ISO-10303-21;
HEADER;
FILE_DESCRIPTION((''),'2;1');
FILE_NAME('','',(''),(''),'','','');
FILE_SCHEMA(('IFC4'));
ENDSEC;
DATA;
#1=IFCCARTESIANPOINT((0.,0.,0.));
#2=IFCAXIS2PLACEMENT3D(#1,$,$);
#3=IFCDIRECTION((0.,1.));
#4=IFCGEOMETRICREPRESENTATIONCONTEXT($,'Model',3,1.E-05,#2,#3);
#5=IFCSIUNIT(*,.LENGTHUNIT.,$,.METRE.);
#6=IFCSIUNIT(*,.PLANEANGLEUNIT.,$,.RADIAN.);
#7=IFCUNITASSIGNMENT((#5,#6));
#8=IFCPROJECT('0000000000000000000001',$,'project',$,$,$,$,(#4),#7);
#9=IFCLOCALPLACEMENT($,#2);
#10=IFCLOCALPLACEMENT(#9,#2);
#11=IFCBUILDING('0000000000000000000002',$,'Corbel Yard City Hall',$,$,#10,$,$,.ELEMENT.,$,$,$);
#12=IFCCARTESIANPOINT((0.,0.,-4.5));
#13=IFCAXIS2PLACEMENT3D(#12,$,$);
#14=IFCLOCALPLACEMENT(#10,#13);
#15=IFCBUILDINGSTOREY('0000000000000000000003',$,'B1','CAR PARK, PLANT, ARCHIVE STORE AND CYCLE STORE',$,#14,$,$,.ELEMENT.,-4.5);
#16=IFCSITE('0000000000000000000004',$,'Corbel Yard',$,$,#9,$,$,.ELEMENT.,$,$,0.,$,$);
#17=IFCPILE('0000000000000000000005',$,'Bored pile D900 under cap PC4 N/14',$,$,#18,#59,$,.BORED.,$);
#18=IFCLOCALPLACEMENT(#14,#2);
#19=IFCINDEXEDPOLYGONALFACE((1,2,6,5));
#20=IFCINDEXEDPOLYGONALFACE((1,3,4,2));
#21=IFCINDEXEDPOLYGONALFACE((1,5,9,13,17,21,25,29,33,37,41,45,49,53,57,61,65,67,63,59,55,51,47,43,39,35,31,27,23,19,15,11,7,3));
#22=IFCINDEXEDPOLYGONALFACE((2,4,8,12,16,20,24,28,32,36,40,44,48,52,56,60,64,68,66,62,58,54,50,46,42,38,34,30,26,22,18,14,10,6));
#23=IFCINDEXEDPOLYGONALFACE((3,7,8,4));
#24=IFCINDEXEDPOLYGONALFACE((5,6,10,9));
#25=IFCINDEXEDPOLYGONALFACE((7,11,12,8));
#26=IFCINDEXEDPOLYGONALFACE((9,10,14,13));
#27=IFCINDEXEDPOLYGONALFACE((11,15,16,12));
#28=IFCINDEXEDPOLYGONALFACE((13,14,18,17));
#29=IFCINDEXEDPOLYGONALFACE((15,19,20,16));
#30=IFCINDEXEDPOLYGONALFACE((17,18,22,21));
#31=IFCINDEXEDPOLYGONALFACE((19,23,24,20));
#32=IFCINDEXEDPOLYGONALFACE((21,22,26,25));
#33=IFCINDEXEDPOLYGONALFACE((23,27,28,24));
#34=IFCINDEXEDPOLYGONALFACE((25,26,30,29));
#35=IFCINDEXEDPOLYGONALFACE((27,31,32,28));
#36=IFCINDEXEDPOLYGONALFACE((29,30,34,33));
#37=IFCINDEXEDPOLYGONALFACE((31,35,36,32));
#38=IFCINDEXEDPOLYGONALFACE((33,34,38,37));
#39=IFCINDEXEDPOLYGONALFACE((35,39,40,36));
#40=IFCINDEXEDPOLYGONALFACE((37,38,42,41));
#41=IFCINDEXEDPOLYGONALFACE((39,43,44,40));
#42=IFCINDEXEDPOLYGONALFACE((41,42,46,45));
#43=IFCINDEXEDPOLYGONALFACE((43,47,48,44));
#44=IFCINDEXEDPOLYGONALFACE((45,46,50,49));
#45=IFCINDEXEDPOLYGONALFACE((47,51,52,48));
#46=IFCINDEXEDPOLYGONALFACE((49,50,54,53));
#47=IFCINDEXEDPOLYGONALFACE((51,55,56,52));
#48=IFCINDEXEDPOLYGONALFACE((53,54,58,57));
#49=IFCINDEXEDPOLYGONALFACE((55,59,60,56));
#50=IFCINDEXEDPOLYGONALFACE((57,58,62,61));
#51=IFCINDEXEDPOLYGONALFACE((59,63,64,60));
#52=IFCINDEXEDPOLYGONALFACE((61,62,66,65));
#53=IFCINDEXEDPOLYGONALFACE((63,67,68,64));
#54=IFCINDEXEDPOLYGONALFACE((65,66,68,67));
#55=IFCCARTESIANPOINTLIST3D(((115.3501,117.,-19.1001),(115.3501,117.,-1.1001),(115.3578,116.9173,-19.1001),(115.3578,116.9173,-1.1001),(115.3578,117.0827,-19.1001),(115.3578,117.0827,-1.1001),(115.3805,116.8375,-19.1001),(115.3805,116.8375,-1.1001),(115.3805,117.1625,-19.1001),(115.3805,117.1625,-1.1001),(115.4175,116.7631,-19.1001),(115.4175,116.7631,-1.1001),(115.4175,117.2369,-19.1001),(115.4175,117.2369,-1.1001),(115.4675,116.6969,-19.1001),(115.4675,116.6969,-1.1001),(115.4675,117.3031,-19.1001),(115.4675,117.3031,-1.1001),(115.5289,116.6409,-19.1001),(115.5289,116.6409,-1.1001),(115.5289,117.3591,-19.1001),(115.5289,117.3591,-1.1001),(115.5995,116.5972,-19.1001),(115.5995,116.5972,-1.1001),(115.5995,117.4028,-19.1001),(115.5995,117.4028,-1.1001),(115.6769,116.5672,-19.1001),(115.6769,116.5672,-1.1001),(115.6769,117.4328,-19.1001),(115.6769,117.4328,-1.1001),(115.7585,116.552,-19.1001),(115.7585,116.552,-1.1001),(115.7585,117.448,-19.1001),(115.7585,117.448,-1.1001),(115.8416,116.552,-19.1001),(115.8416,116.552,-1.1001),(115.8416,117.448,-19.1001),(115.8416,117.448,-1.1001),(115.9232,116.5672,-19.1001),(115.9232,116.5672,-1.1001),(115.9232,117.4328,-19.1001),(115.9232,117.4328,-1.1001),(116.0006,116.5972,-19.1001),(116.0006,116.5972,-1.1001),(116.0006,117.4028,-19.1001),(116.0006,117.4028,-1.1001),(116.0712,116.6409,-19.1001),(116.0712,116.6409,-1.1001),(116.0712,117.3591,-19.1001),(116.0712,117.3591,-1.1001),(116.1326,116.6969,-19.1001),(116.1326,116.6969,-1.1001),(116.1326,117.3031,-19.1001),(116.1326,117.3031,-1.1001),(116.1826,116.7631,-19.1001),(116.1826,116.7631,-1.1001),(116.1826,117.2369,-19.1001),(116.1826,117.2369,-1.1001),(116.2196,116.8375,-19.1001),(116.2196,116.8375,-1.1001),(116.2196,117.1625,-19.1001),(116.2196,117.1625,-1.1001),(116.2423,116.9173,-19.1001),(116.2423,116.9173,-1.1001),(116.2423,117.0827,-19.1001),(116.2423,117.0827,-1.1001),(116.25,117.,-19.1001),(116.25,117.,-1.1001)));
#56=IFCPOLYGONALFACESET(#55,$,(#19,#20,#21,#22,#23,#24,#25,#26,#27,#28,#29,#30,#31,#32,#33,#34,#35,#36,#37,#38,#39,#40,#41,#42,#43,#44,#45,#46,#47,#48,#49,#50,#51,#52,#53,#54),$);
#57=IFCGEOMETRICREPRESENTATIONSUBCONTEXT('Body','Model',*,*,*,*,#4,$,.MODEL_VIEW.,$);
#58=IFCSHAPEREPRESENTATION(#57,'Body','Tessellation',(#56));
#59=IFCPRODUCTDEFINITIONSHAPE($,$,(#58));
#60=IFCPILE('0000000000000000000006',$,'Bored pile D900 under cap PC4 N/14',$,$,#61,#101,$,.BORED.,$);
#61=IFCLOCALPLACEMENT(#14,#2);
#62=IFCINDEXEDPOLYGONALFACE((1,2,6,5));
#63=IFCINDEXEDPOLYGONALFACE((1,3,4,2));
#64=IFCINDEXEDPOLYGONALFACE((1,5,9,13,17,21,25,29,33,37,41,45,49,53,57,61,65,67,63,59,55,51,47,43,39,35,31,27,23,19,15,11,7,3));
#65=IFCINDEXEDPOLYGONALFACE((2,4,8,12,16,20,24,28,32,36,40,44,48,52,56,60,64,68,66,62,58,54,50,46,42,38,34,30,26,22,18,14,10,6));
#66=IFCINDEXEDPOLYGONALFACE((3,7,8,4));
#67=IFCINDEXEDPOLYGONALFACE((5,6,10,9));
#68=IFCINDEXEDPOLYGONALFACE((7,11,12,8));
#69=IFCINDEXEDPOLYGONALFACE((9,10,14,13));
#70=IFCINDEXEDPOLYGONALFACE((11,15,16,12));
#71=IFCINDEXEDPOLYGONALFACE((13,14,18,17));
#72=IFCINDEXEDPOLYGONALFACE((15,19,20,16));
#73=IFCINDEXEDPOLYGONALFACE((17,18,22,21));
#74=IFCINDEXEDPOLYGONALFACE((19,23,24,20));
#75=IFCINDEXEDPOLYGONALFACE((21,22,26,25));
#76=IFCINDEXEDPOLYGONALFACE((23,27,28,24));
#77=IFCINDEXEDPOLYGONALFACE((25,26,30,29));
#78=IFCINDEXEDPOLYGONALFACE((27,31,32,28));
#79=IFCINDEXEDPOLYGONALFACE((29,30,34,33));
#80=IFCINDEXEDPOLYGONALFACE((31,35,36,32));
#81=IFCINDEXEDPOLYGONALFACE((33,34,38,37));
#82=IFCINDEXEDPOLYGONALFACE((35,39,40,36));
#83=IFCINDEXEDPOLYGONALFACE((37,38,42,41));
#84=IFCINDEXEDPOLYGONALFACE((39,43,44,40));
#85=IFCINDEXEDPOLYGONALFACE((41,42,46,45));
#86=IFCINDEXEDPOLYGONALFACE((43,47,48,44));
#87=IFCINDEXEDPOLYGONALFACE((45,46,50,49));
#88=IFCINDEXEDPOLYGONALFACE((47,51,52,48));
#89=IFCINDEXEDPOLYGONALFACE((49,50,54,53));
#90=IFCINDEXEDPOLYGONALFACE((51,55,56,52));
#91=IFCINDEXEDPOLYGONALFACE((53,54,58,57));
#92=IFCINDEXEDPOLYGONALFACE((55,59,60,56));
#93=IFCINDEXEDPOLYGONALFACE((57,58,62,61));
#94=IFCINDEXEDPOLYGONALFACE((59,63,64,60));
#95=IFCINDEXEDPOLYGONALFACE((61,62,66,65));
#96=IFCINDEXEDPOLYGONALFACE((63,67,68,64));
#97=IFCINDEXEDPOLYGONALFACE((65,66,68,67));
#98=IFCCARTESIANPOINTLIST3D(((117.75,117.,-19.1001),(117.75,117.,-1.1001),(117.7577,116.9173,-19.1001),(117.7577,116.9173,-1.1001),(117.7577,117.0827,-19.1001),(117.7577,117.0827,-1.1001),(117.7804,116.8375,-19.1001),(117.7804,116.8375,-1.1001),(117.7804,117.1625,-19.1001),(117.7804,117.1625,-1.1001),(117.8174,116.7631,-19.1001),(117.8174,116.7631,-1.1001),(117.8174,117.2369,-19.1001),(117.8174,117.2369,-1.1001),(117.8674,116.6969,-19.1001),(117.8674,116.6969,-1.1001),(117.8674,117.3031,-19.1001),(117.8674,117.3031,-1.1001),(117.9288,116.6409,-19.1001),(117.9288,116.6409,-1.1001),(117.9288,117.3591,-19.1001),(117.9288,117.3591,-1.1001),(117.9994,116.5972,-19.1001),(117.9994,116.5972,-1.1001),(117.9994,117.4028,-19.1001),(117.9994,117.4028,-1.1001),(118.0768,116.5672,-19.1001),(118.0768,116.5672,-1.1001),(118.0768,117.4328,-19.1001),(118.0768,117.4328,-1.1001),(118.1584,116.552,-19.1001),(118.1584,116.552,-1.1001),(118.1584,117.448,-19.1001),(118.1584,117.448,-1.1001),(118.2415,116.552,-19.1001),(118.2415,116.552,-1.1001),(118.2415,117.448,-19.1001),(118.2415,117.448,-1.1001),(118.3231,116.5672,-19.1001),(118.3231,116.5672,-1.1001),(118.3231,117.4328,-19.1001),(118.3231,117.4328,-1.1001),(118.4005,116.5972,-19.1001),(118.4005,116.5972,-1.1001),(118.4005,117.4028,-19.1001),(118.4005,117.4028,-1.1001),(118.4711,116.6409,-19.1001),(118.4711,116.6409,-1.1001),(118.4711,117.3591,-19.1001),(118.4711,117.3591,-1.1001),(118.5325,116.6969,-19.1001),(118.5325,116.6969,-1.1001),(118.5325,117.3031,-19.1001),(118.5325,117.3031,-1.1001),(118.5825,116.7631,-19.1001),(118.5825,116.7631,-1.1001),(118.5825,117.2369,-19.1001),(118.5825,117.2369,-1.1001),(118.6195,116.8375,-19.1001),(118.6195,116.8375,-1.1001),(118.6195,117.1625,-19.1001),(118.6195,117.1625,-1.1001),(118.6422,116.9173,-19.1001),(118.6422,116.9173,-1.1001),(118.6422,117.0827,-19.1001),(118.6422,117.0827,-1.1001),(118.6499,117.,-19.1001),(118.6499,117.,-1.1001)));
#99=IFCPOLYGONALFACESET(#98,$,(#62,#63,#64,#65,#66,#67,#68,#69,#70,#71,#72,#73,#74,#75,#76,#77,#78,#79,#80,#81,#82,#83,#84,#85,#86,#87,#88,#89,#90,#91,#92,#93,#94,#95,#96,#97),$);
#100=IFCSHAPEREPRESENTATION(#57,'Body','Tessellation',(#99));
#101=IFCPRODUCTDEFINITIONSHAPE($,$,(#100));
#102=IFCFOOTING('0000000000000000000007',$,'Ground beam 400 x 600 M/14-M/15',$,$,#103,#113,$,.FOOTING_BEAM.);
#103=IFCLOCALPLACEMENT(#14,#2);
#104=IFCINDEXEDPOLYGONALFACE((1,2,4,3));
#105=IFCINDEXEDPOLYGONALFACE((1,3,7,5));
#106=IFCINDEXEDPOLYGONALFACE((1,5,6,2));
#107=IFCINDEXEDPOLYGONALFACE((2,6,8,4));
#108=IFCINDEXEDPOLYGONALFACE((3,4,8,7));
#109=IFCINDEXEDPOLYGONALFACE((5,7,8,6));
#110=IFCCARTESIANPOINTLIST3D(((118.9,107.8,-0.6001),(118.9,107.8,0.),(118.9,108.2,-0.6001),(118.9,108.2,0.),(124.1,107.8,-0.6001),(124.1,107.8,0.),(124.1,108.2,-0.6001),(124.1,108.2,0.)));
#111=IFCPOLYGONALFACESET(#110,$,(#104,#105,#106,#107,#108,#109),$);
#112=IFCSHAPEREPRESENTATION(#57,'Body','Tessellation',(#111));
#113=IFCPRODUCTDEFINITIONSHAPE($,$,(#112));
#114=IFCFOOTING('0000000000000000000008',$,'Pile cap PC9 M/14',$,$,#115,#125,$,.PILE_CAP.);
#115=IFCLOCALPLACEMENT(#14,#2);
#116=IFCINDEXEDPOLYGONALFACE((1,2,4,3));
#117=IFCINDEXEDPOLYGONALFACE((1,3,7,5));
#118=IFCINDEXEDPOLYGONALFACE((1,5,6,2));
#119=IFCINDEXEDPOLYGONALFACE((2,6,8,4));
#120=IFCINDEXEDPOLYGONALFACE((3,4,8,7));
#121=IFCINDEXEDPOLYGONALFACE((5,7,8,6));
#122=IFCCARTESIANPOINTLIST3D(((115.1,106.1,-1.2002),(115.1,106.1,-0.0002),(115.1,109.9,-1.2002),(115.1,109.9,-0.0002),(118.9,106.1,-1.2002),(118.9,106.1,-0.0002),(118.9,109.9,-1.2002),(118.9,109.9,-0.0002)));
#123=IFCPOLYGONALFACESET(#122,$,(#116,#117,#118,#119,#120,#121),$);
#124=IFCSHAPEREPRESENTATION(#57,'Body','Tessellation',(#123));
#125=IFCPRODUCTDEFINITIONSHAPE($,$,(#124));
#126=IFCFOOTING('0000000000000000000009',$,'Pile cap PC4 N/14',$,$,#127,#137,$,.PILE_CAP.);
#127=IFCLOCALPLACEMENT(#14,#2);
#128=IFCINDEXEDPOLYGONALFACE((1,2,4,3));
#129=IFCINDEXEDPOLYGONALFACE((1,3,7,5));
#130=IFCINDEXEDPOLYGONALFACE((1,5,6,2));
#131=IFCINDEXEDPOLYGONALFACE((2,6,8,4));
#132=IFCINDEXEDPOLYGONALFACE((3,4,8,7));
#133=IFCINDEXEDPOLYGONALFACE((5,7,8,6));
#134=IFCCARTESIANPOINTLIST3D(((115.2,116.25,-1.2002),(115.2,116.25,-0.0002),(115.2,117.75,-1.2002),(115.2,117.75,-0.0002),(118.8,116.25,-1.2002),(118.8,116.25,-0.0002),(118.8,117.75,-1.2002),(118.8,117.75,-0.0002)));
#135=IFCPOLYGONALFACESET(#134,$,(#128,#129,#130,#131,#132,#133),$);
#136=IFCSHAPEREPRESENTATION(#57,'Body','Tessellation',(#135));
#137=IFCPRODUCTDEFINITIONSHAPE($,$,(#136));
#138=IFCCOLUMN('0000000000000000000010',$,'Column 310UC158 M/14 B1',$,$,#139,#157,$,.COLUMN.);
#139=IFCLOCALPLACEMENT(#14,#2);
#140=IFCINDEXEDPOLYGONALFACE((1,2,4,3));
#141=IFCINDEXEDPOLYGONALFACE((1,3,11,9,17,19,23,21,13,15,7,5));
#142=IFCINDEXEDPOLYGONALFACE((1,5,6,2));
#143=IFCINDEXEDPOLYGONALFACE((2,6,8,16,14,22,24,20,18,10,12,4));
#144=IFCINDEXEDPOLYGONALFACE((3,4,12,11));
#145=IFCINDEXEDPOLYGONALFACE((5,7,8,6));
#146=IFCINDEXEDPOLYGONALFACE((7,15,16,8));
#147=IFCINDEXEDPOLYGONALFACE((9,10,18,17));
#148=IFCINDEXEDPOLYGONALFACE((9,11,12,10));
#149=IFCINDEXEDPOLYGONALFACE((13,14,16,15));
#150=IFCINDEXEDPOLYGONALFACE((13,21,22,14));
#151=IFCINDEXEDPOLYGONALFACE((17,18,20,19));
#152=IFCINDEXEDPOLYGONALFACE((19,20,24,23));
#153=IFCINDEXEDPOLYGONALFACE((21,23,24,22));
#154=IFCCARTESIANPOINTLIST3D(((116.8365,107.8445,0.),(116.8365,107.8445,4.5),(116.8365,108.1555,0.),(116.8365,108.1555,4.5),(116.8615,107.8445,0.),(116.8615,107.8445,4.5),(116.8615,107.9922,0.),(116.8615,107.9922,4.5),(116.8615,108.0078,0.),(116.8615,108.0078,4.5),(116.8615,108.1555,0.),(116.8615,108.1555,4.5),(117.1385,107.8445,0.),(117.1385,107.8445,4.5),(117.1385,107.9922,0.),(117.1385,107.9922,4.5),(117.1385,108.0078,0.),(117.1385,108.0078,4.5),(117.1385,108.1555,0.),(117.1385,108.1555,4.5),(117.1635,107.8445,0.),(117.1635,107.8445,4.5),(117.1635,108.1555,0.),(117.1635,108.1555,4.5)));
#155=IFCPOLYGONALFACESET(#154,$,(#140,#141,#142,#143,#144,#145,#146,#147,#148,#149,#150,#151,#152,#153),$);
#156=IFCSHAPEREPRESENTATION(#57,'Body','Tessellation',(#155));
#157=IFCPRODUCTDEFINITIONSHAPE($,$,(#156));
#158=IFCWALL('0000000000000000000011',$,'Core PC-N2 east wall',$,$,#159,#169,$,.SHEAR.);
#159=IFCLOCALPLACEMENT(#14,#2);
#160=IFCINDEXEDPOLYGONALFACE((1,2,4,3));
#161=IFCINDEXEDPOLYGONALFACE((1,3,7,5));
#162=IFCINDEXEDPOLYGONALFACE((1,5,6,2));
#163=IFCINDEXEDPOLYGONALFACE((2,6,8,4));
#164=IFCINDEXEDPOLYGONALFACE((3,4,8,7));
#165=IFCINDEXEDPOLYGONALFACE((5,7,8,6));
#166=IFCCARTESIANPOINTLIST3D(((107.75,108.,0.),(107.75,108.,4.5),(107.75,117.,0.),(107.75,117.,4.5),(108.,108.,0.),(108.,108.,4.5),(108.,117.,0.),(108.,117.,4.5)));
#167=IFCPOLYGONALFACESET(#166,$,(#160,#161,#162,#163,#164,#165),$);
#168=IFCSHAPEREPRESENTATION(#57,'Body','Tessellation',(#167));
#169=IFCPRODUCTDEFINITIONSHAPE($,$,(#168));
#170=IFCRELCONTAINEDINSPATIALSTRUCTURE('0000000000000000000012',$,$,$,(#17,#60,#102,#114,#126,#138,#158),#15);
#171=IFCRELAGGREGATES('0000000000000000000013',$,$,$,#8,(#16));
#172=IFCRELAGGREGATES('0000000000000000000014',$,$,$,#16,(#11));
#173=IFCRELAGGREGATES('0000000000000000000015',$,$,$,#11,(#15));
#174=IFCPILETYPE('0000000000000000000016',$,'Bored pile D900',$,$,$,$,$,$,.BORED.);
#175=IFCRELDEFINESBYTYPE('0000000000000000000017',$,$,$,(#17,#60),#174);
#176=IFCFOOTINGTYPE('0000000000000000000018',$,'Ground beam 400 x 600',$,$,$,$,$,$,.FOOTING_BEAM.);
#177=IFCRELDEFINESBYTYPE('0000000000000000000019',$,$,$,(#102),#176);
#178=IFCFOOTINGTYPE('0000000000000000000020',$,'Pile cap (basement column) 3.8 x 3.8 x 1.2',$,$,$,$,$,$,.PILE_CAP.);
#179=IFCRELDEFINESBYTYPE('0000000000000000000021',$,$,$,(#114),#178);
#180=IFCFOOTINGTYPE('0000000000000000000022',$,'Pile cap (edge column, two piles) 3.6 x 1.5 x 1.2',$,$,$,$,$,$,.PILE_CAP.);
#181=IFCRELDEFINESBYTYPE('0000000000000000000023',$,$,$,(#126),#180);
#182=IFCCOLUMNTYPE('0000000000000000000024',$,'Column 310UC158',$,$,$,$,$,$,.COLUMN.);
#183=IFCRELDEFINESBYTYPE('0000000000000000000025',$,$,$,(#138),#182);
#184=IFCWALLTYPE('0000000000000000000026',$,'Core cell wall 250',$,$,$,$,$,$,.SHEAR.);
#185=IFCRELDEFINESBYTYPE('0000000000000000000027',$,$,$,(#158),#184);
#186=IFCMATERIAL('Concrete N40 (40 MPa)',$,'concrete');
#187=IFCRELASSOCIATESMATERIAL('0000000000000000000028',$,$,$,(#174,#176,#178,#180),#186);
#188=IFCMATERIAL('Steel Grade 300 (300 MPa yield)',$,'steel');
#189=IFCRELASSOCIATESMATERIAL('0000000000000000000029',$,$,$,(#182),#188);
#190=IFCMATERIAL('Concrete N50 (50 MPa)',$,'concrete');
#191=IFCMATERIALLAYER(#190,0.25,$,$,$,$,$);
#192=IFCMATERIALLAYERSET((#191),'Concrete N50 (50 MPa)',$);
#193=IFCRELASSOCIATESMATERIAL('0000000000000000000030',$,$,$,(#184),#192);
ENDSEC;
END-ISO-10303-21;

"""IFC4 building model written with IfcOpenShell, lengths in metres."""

from ifc_helpers import new_model, si_unit, direction, frame, frame_2d, origin, origin_2d, place, context, subcontext, project, spatial, rectangle, circle, i_section, extrude, material, layer, layer_set, material_profile, profile_set, type_object, element, save


model = new_model("IFC4")

# Units and contexts
model_context = context("Model", 3, precision=1e-05, world=origin(), true_north=direction((0.0, 1.0)))
body_context = subcontext(model_context, "Body", "Model", "MODEL_VIEW")
ifc_project = project(units=[si_unit("LENGTHUNIT", "METRE"), si_unit("PLANEANGLEUNIT", "RADIAN")], contexts=[model_context])

# Site, building, storey
site_placement = place(None, origin())
site = spatial("IfcSite", under=ifc_project, at=site_placement, Name="Corbel Yard", CompositionType="ELEMENT", RefElevation=0.0)
building_placement = place(site_placement, origin())
building = spatial("IfcBuilding", under=site, at=building_placement, Name="Corbel Yard City Hall", CompositionType="ELEMENT")
storey_placement = place(building_placement, frame((0.0, 0.0, -4.5)))
storey = spatial("IfcBuildingStorey", under=building, at=storey_placement, Name="B1", Description="CAR PARK, PLANT, ARCHIVE STORE AND CYCLE STORE", CompositionType="ELEMENT", Elevation=-4.5)

# Piles
ifc_material_1 = material(Name="Concrete N40 (40 MPa)", Category="concrete")
ifc_material_profile_1 = material_profile(ifc_material_1, circle(Radius=0.45, at=origin_2d()), Name="D900")
ifc_profile_set_1 = profile_set([ifc_material_profile_1], Name="Concrete N40 (40 MPa)")
pile_type_1 = type_object("IfcPileType", Name="Bored pile D900", PredefinedType="BORED", material=ifc_profile_set_1)
for number, where, z_axis, x_axis, name in (
    (1, (115.8, 117.0, -1.1001), (0.0, 0.0, -1.0), (1.0, 0.0, 0.0), "Bored pile D900 under cap PC4 N/14"),
    (2, (118.2, 117.0, -1.1001), (0.0, 0.0, -1.0), (1.0, 0.0, 0.0), "Bored pile D900 under cap PC4 N/14"),
):
    element("IfcPile", number, at=place(storey_placement, frame(where, z_axis=z_axis, x_axis=x_axis)), inside=storey, type_object=pile_type_1, Name=name, PredefinedType="BORED", context=body_context, shape_type="SweptSolid", body=[
        extrude(circle(Radius=0.45, at=origin_2d()), origin(), (0.0, 0.0, 1.0), 18.0),
    ])

# Footings
footing_type_1 = type_object("IfcFootingType", Name="Ground beam 400 x 600", PredefinedType="FOOTING_BEAM", material=ifc_material_1)
footing_1_placement = place(storey_placement, frame((121.5, 108.0, -0.6001), z_axis=(0.0, 0.0, 1.0), x_axis=(1.0, 0.0, 0.0)))
element("IfcFooting", 3, at=footing_1_placement, inside=storey, type_object=footing_type_1, Name="Ground beam 400 x 600 M/14-M/15", PredefinedType="FOOTING_BEAM", context=body_context, shape_type="SweptSolid", body=[
    extrude(rectangle(XDim=5.2, YDim=0.3999, at=origin_2d()), origin(), (0.0, 0.0, 1.0), 0.6001),
])
footing_type_2 = type_object("IfcFootingType", Name="Pile cap (basement column) 3.8 x 3.8 x 1.2", PredefinedType="PILE_CAP", material=ifc_material_1)
footing_2_placement = place(storey_placement, frame((117.0, 108.0, -1.2002), z_axis=(0.0, 0.0, 1.0), x_axis=(1.0, 0.0, 0.0)))
element("IfcFooting", 4, at=footing_2_placement, inside=storey, type_object=footing_type_2, Name="Pile cap PC9 M/14", PredefinedType="PILE_CAP", context=body_context, shape_type="SweptSolid", body=[
    extrude(rectangle(XDim=3.8, YDim=3.8, at=origin_2d()), origin(), (0.0, 0.0, 1.0), 1.2),
])
footing_type_3 = type_object("IfcFootingType", Name="Pile cap (edge column, two piles) 3.6 x 1.5 x 1.2", PredefinedType="PILE_CAP", material=ifc_material_1)
footing_3_placement = place(storey_placement, frame((117.0, 117.0, -1.2002), z_axis=(0.0, 0.0, 1.0), x_axis=(1.0, 0.0, 0.0)))
element("IfcFooting", 5, at=footing_3_placement, inside=storey, type_object=footing_type_3, Name="Pile cap PC4 N/14", PredefinedType="PILE_CAP", context=body_context, shape_type="SweptSolid", body=[
    extrude(rectangle(XDim=3.6001, YDim=1.5, at=origin_2d()), origin(), (0.0, 0.0, 1.0), 1.2),
])

# Column
ifc_material_2 = material(Name="Steel Grade 300 (300 MPa yield)", Category="steel")
ifc_material_profile_2 = material_profile(ifc_material_2, i_section(OverallWidth=0.311, OverallDepth=0.3269, WebThickness=0.0156, FlangeThickness=0.0249, at=origin_2d()), Name="310UC158")
ifc_profile_set_2 = profile_set([ifc_material_profile_2], Name="Steel Grade 300 (300 MPa yield)")
column_type = type_object("IfcColumnType", Name="Column 310UC158", PredefinedType="COLUMN", material=ifc_profile_set_2)
column_placement = place(storey_placement, frame((117.0, 108.0, 0.0), z_axis=(0.0, 0.0, 1.0), x_axis=(0.0, 1.0, 0.0)))
element("IfcColumn", 6, at=column_placement, inside=storey, type_object=column_type, Name="Column 310UC158 M/14 B1", PredefinedType="COLUMN", context=body_context, shape_type="SweptSolid", body=[
    extrude(i_section(OverallWidth=0.311, OverallDepth=0.3269, WebThickness=0.0156, FlangeThickness=0.0249, at=origin_2d()), origin(), (0.0, 0.0, 1.0), 4.5),
])

# Wall
ifc_material_3 = material(Name="Concrete N50 (50 MPa)", Category="concrete")
ifc_layer = layer(ifc_material_3, 0.25)
ifc_layer_set = layer_set([ifc_layer], Name="Concrete N50 (50 MPa)")
wall_type = type_object("IfcWallType", Name="Core cell wall 250", PredefinedType="SHEAR", material=ifc_layer_set)
wall_placement = place(storey_placement, frame((107.875, 108.0, 0.0), z_axis=(0.0, 0.0, 1.0), x_axis=(0.0, 1.0, 0.0)))
element("IfcWall", 7, at=wall_placement, inside=storey, type_object=wall_type, Name="Core PC-N2 east wall", PredefinedType="SHEAR", context=body_context, shape_type="SweptSolid", body=[
    extrude(rectangle(XDim=9.0, YDim=0.25, at=frame_2d((4.5, 0.0))), origin(), (0.0, 0.0, 1.0), 4.5),
])

save(model, "model.ifc")
